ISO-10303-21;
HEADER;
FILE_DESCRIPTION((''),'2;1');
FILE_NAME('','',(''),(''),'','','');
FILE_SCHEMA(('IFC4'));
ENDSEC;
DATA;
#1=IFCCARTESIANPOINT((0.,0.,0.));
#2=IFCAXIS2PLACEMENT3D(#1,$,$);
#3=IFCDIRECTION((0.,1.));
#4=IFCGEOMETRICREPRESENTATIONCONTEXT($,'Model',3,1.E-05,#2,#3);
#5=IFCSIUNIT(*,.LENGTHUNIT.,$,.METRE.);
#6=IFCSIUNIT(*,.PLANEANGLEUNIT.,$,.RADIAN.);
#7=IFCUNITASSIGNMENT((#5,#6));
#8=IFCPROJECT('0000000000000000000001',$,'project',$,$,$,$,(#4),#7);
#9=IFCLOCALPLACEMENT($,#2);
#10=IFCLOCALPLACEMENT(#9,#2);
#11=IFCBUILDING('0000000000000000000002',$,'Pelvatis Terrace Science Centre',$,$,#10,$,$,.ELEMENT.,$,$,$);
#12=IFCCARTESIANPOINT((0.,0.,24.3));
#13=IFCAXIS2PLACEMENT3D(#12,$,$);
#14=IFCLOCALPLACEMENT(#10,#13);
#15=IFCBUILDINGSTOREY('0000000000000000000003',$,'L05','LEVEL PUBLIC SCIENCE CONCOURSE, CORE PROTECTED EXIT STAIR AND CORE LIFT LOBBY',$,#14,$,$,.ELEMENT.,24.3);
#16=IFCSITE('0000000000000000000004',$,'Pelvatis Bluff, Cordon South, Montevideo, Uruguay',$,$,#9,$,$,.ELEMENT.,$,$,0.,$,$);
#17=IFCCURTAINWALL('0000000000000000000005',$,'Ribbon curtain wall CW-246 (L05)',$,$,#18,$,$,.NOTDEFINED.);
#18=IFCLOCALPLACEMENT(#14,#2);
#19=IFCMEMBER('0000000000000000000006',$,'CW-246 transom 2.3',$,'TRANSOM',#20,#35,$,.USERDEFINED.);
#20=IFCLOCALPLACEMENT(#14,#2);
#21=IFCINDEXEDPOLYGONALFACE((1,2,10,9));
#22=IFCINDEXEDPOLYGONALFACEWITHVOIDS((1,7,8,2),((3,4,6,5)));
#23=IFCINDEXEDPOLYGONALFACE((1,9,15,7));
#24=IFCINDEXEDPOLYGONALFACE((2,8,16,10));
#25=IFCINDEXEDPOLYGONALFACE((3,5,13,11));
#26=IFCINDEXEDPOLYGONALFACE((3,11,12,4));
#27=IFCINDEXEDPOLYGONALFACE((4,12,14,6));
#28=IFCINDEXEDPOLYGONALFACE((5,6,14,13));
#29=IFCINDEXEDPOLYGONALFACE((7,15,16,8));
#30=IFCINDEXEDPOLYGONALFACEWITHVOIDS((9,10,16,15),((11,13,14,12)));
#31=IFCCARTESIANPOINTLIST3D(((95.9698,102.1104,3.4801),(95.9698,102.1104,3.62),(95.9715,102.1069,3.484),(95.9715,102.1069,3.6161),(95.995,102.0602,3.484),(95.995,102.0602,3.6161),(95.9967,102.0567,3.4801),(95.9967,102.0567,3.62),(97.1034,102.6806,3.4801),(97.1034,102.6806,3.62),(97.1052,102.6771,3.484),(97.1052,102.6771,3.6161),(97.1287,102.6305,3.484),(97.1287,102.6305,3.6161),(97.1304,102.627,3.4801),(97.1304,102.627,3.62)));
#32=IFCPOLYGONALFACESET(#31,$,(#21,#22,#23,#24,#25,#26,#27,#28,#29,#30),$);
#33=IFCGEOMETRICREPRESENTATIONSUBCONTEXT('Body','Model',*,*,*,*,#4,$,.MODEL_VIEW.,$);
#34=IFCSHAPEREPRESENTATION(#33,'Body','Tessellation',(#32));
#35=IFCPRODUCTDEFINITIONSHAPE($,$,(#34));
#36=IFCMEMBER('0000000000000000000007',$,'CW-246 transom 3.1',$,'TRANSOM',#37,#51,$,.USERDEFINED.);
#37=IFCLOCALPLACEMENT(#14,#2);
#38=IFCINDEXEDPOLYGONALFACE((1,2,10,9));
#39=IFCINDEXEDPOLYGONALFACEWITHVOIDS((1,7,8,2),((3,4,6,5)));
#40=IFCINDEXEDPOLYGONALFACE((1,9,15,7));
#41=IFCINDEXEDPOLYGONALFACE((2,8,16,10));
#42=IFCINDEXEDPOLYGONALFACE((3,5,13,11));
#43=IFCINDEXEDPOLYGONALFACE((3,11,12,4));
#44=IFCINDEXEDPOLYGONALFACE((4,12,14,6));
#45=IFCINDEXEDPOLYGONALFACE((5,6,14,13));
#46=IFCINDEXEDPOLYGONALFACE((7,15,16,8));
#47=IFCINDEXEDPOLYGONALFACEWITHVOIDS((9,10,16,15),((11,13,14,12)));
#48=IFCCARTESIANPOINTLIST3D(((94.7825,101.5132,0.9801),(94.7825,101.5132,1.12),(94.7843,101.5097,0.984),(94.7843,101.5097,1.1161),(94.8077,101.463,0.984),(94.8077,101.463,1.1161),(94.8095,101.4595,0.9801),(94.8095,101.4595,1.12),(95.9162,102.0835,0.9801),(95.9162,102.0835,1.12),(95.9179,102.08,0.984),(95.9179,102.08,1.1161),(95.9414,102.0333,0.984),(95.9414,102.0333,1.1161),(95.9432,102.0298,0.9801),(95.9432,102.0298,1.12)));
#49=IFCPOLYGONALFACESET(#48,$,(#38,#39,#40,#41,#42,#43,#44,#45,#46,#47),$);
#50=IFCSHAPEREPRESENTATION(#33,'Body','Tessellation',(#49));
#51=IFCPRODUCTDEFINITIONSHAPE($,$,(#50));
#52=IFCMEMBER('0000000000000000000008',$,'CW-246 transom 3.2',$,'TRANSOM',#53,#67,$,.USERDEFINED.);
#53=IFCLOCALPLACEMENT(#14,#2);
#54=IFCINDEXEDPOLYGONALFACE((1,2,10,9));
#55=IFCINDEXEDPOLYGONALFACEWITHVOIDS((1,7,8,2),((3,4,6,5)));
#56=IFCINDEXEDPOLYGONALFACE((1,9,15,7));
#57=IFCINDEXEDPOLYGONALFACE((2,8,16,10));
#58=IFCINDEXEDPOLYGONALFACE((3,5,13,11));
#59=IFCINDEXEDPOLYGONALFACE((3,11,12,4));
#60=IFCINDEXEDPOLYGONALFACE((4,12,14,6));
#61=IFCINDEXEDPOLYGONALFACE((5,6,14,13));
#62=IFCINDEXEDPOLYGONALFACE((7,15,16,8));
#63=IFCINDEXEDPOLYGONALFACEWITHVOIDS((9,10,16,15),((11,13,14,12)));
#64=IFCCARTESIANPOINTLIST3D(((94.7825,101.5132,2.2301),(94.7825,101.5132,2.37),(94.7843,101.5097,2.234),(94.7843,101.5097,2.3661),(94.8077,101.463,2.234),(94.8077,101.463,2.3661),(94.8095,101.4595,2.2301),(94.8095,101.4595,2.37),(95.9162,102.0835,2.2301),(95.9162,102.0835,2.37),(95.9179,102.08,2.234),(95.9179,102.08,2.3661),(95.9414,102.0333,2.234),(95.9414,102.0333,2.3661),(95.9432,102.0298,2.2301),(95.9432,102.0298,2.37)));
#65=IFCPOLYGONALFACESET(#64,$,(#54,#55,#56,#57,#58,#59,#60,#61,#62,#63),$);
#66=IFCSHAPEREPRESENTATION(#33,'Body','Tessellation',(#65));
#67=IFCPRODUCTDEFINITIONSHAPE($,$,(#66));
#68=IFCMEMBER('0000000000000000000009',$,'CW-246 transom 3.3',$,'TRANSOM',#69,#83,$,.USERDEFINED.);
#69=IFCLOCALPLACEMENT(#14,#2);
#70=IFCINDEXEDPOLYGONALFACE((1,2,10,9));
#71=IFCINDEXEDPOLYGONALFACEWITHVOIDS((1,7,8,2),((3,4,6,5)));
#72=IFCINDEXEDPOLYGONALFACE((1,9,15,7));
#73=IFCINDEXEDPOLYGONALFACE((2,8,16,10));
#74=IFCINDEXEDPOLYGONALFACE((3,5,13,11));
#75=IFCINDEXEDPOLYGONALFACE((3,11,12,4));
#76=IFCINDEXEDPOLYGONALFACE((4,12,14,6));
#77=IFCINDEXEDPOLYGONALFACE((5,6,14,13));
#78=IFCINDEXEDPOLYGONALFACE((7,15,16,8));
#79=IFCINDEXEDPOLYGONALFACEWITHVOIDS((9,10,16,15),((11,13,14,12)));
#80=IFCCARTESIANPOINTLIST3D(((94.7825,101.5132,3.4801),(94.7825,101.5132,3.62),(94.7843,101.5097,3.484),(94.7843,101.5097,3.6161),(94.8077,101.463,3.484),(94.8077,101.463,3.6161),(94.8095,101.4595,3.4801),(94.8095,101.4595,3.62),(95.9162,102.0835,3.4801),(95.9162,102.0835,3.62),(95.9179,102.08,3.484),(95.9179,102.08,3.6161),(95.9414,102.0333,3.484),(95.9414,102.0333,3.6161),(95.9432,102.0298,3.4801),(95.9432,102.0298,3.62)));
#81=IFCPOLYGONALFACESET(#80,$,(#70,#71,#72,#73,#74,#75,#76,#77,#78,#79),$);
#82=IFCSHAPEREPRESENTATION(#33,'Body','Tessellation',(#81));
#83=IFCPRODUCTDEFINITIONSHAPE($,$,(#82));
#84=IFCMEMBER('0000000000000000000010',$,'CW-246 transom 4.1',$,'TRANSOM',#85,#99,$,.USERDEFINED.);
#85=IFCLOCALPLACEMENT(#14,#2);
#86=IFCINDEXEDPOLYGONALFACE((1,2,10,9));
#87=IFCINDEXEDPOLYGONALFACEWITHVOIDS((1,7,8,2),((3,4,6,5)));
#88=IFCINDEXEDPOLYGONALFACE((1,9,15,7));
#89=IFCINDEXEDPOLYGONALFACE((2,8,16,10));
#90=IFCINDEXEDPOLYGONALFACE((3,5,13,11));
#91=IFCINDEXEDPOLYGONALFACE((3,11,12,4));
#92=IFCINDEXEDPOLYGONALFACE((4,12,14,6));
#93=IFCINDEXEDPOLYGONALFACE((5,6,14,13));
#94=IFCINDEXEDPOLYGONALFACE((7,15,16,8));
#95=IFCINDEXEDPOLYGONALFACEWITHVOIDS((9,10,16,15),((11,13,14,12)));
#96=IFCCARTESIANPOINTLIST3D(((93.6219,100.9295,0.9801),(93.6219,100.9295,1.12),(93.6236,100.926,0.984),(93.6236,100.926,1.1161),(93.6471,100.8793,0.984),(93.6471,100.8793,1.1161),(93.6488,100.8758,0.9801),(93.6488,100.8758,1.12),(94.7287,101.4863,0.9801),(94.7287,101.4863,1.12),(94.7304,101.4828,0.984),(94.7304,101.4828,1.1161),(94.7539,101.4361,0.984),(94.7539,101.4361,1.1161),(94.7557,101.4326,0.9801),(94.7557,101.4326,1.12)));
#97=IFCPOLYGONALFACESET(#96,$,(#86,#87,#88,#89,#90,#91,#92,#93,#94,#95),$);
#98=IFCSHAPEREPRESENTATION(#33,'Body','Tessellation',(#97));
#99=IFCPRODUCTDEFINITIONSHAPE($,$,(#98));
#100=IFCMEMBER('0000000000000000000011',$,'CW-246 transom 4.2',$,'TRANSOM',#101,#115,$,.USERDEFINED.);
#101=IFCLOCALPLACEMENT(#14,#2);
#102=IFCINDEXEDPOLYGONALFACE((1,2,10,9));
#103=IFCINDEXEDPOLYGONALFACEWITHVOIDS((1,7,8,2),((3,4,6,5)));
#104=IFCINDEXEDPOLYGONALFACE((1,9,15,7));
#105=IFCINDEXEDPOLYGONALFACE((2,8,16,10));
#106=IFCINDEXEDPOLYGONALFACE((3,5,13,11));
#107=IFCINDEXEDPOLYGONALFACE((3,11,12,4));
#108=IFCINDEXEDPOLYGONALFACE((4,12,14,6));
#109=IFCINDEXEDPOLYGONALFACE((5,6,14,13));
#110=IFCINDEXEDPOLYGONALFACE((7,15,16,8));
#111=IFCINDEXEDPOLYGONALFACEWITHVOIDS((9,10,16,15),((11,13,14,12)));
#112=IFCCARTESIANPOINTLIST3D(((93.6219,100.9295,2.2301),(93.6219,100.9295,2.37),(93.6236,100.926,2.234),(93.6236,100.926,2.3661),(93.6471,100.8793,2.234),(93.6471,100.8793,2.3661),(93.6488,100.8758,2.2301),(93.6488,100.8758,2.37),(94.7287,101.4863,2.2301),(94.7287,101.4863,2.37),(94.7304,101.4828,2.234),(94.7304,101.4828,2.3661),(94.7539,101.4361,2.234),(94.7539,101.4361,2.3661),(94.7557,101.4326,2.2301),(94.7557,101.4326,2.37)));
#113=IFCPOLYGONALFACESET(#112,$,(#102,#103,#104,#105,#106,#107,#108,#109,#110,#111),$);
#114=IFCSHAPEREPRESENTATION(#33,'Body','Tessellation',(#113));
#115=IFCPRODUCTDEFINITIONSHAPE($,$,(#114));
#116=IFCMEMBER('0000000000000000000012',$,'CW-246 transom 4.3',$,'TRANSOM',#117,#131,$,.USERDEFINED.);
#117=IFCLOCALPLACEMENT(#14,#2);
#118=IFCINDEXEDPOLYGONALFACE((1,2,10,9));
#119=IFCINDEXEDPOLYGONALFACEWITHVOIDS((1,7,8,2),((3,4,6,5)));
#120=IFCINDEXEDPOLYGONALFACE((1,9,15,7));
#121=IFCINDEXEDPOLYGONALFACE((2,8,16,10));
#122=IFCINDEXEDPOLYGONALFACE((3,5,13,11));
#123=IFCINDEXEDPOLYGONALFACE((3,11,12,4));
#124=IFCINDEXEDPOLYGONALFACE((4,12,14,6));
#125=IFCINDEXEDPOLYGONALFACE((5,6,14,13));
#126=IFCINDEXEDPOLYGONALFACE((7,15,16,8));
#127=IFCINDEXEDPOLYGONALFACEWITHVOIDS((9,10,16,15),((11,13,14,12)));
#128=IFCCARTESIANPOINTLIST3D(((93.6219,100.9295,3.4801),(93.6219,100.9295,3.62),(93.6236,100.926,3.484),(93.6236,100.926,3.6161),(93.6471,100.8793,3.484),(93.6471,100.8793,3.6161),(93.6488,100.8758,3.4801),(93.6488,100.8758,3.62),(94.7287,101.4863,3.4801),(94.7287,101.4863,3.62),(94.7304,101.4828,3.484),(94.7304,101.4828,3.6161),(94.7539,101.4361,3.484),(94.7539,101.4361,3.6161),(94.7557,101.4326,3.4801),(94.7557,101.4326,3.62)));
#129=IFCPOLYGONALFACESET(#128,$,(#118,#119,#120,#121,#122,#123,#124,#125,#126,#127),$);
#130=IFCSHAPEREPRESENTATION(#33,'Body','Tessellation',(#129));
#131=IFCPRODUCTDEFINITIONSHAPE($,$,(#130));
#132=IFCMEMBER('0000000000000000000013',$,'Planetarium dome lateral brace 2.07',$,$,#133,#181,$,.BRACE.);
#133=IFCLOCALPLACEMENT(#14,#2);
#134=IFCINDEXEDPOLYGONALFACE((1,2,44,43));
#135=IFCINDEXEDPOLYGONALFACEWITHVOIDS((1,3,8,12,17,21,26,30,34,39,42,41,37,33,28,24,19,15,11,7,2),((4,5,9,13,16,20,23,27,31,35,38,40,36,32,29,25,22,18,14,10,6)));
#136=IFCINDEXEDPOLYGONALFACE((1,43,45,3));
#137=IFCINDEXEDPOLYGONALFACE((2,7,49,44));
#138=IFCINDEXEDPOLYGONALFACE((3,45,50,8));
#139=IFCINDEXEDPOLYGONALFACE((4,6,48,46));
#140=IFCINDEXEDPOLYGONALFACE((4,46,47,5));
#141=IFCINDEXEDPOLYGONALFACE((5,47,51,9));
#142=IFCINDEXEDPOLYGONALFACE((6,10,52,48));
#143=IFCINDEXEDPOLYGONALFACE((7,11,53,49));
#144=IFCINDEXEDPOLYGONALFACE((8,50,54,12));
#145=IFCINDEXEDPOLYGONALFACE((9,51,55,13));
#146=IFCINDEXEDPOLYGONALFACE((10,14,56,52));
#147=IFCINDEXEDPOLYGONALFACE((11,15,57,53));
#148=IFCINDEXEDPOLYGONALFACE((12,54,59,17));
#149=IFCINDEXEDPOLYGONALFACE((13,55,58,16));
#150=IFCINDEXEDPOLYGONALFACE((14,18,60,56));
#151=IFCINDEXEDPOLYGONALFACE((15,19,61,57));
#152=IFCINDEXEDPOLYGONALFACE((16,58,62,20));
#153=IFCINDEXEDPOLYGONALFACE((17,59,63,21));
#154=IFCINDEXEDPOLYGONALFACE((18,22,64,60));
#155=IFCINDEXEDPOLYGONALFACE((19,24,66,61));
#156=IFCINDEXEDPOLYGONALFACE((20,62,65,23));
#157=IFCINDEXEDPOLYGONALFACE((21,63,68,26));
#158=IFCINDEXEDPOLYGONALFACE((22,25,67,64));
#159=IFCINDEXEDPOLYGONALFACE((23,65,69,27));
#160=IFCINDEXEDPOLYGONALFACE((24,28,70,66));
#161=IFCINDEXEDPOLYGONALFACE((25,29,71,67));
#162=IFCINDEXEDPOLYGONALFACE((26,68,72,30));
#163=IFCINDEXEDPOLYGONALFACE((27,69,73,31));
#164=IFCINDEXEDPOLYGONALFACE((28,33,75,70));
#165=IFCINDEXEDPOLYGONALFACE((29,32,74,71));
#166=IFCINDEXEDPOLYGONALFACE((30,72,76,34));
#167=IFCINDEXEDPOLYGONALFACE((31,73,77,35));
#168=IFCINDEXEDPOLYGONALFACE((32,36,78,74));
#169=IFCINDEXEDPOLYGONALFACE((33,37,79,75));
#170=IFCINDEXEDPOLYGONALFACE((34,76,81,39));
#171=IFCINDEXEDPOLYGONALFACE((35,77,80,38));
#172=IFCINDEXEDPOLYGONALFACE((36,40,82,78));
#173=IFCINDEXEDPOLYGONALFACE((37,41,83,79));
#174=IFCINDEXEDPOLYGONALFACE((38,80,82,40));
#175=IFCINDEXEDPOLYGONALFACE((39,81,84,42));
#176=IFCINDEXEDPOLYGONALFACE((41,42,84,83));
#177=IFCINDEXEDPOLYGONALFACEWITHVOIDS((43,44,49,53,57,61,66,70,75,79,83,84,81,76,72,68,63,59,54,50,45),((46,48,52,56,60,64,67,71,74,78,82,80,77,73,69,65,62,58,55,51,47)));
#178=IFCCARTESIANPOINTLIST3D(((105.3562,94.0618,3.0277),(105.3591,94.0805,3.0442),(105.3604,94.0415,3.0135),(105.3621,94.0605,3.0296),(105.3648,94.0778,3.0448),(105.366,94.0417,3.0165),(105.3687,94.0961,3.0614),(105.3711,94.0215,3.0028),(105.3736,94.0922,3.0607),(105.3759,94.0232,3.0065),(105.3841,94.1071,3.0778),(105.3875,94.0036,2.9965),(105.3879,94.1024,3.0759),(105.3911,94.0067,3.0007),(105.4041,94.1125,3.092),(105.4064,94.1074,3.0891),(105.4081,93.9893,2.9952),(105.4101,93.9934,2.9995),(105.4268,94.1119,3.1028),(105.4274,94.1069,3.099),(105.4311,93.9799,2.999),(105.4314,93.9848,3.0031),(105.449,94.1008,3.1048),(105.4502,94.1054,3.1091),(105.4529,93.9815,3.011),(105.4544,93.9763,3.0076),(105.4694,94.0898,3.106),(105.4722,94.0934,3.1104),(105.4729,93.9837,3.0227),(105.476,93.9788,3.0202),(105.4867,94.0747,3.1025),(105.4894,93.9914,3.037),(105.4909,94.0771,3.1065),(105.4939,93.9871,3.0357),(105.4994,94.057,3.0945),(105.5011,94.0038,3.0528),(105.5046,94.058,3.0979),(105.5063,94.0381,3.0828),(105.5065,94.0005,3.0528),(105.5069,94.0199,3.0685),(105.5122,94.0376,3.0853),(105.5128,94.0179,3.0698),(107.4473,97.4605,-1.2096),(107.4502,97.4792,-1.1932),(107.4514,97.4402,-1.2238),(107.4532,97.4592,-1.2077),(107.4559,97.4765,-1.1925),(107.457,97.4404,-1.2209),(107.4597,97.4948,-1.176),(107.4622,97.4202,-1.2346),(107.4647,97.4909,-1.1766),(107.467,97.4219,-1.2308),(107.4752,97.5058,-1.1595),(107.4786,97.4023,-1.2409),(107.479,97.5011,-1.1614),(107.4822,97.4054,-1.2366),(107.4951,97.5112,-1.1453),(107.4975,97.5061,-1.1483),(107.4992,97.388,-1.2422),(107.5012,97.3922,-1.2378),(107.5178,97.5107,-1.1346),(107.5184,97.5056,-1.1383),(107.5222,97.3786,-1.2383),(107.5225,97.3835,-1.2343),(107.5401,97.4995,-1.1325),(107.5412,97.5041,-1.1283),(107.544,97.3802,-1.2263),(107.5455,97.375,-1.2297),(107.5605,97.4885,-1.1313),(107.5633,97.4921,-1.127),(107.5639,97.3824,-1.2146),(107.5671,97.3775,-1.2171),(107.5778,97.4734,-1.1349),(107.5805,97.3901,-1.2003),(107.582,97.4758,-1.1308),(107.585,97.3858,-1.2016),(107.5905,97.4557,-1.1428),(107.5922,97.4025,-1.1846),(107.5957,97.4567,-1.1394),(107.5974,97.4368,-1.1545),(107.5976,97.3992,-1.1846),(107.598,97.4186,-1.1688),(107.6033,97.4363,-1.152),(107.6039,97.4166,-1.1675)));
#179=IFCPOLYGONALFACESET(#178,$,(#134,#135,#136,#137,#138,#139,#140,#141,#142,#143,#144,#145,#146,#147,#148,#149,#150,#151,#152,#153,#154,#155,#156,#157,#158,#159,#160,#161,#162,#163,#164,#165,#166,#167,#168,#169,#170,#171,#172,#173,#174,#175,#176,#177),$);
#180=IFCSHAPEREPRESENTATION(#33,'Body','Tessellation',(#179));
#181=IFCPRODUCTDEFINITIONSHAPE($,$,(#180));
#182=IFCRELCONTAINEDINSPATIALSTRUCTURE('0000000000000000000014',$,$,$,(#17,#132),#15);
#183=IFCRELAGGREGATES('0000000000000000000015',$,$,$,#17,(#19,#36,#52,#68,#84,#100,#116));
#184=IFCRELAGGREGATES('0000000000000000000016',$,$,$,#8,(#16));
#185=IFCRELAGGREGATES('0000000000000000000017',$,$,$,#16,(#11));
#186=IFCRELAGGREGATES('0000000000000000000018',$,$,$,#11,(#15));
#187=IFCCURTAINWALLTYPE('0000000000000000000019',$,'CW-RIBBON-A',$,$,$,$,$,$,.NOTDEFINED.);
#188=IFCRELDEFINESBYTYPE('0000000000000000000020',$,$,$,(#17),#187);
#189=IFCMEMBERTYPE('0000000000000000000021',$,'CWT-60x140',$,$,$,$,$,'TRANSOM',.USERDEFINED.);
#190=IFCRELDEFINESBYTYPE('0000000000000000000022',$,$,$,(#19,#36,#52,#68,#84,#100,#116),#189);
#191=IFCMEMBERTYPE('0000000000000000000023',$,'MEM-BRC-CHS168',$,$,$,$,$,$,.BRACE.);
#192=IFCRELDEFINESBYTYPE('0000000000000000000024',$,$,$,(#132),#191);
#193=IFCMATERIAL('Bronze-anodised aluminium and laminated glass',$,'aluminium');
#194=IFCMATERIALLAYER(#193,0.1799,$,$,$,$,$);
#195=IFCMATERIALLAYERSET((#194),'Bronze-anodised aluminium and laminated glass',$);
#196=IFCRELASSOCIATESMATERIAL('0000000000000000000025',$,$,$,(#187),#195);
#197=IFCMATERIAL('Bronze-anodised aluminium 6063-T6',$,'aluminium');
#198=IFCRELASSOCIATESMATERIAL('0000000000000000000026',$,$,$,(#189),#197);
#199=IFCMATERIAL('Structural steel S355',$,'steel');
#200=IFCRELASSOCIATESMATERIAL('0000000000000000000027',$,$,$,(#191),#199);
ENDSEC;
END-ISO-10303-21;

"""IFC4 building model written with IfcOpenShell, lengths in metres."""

from ifc_helpers import new_model, si_unit, direction, frame, origin, origin_2d, place, context, subcontext, project, spatial, hollow_rectangle, hollow_circle, extrude, material, layer, layer_set, material_profile, profile_set, type_object, element, aggregate, save


model = new_model("IFC4")

# Units and contexts
model_context = context("Model", 3, precision=1e-05, world=origin(), true_north=direction((0.0, 1.0)))
body_context = subcontext(model_context, "Body", "Model", "MODEL_VIEW")
ifc_project = project(units=[si_unit("LENGTHUNIT", "METRE"), si_unit("PLANEANGLEUNIT", "RADIAN")], contexts=[model_context])

# Site, building, storey
site_placement = place(None, origin())
site = spatial("IfcSite", under=ifc_project, at=site_placement, Name="Pelvatis Bluff, Cordon South, Montevideo, Uruguay", CompositionType="ELEMENT", RefElevation=0.0)
building_placement = place(site_placement, origin())
building = spatial("IfcBuilding", under=site, at=building_placement, Name="Pelvatis Terrace Science Centre", CompositionType="ELEMENT")
storey_placement = place(building_placement, frame((0.0, 0.0, 24.3)))
storey = spatial("IfcBuildingStorey", under=building, at=storey_placement, Name="L05", Description="LEVEL PUBLIC SCIENCE CONCOURSE, CORE PROTECTED EXIT STAIR AND CORE LIFT LOBBY", CompositionType="ELEMENT", Elevation=24.3)

# Curtain wall, members
ifc_material_1 = material(Name="Bronze-anodised aluminium and laminated glass", Category="aluminium")
ifc_layer_1 = layer(ifc_material_1, 0.1799)
ifc_layer_set_1 = layer_set([ifc_layer_1], Name="Bronze-anodised aluminium and laminated glass")
curtain_wall_type = type_object("IfcCurtainWallType", Name="CW-RIBBON-A", PredefinedType="NOTDEFINED", material=ifc_layer_set_1)
curtain_wall_placement = place(storey_placement, origin())
curtain_wall = element("IfcCurtainWall", 1, at=curtain_wall_placement, inside=storey, type_object=curtain_wall_type, Name="Ribbon curtain wall CW-246 (L05)", PredefinedType="NOTDEFINED")
ifc_material_2 = material(Name="Bronze-anodised aluminium 6063-T6", Category="aluminium")
ifc_material_profile_1 = material_profile(ifc_material_2, hollow_rectangle(XDim=0.0601, YDim=0.1399, WallThickness=0.0039, at=origin_2d()), Name="ALU-TRN 60x140")
ifc_profile_set_1 = profile_set([ifc_material_profile_1], Name="Bronze-anodised aluminium 6063-T6")
member_type_1 = type_object("IfcMemberType", Name="CWT-60x140", ElementType="TRANSOM", PredefinedType="USERDEFINED", material=ifc_profile_set_1)
member_1_placement = place(storey_placement, frame((97.1169, 102.6538, 3.55), z_axis=(-0.893347, -0.449367, 0.0), x_axis=(0.449367, -0.893347, 0.0)))
member_1 = element("IfcMember", 2, at=member_1_placement, type_object=member_type_1, Name="CW-246 transom 2.3", ObjectType="TRANSOM", PredefinedType="USERDEFINED", context=body_context, shape_type="SweptSolid", body=[
    extrude(hollow_rectangle(XDim=0.0601, YDim=0.1399, WallThickness=0.0039, at=origin_2d()), origin(), (0.0, 0.0, 1.0), 1.269),
])
member_2_placement = place(storey_placement, frame((95.9297, 102.0566, 1.05), z_axis=(-0.893347, -0.449367, 0.0), x_axis=(0.449367, -0.893347, 0.0)))
member_2 = element("IfcMember", 3, at=member_2_placement, type_object=member_type_1, Name="CW-246 transom 3.1", ObjectType="TRANSOM", PredefinedType="USERDEFINED", context=body_context, shape_type="SweptSolid", body=[
    extrude(hollow_rectangle(XDim=0.0601, YDim=0.1399, WallThickness=0.0039, at=origin_2d()), origin(), (0.0, 0.0, 1.0), 1.269),
])
member_3_placement = place(storey_placement, frame((95.9297, 102.0566, 2.3), z_axis=(-0.893347, -0.449367, 0.0), x_axis=(0.449367, -0.893347, 0.0)))
member_3 = element("IfcMember", 4, at=member_3_placement, type_object=member_type_1, Name="CW-246 transom 3.2", ObjectType="TRANSOM", PredefinedType="USERDEFINED", context=body_context, shape_type="SweptSolid", body=[
    extrude(hollow_rectangle(XDim=0.0601, YDim=0.1399, WallThickness=0.0039, at=origin_2d()), origin(), (0.0, 0.0, 1.0), 1.269),
])
member_4_placement = place(storey_placement, frame((95.9297, 102.0566, 3.55), z_axis=(-0.893347, -0.449367, 0.0), x_axis=(0.449367, -0.893347, 0.0)))
member_4 = element("IfcMember", 5, at=member_4_placement, type_object=member_type_1, Name="CW-246 transom 3.3", ObjectType="TRANSOM", PredefinedType="USERDEFINED", context=body_context, shape_type="SweptSolid", body=[
    extrude(hollow_rectangle(XDim=0.0601, YDim=0.1399, WallThickness=0.0039, at=origin_2d()), origin(), (0.0, 0.0, 1.0), 1.269),
])
member_5_placement = place(storey_placement, frame((94.7422, 101.4595, 1.05), z_axis=(-0.893321, -0.449419, 0.0), x_axis=(0.449419, -0.893321, 0.0)))
member_5 = element("IfcMember", 6, at=member_5_placement, type_object=member_type_1, Name="CW-246 transom 4.1", ObjectType="TRANSOM", PredefinedType="USERDEFINED", context=body_context, shape_type="SweptSolid", body=[
    extrude(hollow_rectangle(XDim=0.0601, YDim=0.1399, WallThickness=0.0039, at=origin_2d()), origin(), (0.0, 0.0, 1.0), 1.239),
])
member_6_placement = place(storey_placement, frame((94.7422, 101.4595, 2.3), z_axis=(-0.893321, -0.449419, 0.0), x_axis=(0.449419, -0.893321, 0.0)))
member_6 = element("IfcMember", 7, at=member_6_placement, type_object=member_type_1, Name="CW-246 transom 4.2", ObjectType="TRANSOM", PredefinedType="USERDEFINED", context=body_context, shape_type="SweptSolid", body=[
    extrude(hollow_rectangle(XDim=0.0601, YDim=0.1399, WallThickness=0.0039, at=origin_2d()), origin(), (0.0, 0.0, 1.0), 1.239),
])
member_7_placement = place(storey_placement, frame((94.7422, 101.4595, 3.55), z_axis=(-0.893321, -0.449419, 0.0), x_axis=(0.449419, -0.893321, 0.0)))
member_7 = element("IfcMember", 8, at=member_7_placement, type_object=member_type_1, Name="CW-246 transom 4.3", ObjectType="TRANSOM", PredefinedType="USERDEFINED", context=body_context, shape_type="SweptSolid", body=[
    extrude(hollow_rectangle(XDim=0.0601, YDim=0.1399, WallThickness=0.0039, at=origin_2d()), origin(), (0.0, 0.0, 1.0), 1.239),
])

# Member
ifc_material_3 = material(Name="Structural steel S355", Category="steel")
ifc_material_profile_2 = material_profile(ifc_material_3, hollow_circle(Radius=0.0842, WallThickness=0.0063, at=origin_2d()), Name="CHS 168.3x6.3")
ifc_profile_set_2 = profile_set([ifc_material_profile_2], Name="Structural steel S355")
member_type_2 = type_object("IfcMemberType", Name="MEM-BRC-CHS168", PredefinedType="BRACE", material=ifc_profile_set_2)
member_8_placement = place(storey_placement, frame((107.5259, 97.4434, -1.1846), z_axis=(-0.359258, -0.583915, 0.727995), x_axis=(0.851707, -0.524019, 0.0)))
element("IfcMember", 9, at=member_8_placement, inside=storey, type_object=member_type_2, Name="Planetarium dome lateral brace 2.07", PredefinedType="BRACE", context=body_context, shape_type="SweptSolid", body=[
    extrude(hollow_circle(Radius=0.0842, WallThickness=0.0063, at=origin_2d()), origin(), (0.0, 0.0, 1.0), 5.8206),
])

aggregate(curtain_wall, [member_1, member_2, member_3, member_4, member_5, member_6, member_7])

save(model, "model.ifc")
